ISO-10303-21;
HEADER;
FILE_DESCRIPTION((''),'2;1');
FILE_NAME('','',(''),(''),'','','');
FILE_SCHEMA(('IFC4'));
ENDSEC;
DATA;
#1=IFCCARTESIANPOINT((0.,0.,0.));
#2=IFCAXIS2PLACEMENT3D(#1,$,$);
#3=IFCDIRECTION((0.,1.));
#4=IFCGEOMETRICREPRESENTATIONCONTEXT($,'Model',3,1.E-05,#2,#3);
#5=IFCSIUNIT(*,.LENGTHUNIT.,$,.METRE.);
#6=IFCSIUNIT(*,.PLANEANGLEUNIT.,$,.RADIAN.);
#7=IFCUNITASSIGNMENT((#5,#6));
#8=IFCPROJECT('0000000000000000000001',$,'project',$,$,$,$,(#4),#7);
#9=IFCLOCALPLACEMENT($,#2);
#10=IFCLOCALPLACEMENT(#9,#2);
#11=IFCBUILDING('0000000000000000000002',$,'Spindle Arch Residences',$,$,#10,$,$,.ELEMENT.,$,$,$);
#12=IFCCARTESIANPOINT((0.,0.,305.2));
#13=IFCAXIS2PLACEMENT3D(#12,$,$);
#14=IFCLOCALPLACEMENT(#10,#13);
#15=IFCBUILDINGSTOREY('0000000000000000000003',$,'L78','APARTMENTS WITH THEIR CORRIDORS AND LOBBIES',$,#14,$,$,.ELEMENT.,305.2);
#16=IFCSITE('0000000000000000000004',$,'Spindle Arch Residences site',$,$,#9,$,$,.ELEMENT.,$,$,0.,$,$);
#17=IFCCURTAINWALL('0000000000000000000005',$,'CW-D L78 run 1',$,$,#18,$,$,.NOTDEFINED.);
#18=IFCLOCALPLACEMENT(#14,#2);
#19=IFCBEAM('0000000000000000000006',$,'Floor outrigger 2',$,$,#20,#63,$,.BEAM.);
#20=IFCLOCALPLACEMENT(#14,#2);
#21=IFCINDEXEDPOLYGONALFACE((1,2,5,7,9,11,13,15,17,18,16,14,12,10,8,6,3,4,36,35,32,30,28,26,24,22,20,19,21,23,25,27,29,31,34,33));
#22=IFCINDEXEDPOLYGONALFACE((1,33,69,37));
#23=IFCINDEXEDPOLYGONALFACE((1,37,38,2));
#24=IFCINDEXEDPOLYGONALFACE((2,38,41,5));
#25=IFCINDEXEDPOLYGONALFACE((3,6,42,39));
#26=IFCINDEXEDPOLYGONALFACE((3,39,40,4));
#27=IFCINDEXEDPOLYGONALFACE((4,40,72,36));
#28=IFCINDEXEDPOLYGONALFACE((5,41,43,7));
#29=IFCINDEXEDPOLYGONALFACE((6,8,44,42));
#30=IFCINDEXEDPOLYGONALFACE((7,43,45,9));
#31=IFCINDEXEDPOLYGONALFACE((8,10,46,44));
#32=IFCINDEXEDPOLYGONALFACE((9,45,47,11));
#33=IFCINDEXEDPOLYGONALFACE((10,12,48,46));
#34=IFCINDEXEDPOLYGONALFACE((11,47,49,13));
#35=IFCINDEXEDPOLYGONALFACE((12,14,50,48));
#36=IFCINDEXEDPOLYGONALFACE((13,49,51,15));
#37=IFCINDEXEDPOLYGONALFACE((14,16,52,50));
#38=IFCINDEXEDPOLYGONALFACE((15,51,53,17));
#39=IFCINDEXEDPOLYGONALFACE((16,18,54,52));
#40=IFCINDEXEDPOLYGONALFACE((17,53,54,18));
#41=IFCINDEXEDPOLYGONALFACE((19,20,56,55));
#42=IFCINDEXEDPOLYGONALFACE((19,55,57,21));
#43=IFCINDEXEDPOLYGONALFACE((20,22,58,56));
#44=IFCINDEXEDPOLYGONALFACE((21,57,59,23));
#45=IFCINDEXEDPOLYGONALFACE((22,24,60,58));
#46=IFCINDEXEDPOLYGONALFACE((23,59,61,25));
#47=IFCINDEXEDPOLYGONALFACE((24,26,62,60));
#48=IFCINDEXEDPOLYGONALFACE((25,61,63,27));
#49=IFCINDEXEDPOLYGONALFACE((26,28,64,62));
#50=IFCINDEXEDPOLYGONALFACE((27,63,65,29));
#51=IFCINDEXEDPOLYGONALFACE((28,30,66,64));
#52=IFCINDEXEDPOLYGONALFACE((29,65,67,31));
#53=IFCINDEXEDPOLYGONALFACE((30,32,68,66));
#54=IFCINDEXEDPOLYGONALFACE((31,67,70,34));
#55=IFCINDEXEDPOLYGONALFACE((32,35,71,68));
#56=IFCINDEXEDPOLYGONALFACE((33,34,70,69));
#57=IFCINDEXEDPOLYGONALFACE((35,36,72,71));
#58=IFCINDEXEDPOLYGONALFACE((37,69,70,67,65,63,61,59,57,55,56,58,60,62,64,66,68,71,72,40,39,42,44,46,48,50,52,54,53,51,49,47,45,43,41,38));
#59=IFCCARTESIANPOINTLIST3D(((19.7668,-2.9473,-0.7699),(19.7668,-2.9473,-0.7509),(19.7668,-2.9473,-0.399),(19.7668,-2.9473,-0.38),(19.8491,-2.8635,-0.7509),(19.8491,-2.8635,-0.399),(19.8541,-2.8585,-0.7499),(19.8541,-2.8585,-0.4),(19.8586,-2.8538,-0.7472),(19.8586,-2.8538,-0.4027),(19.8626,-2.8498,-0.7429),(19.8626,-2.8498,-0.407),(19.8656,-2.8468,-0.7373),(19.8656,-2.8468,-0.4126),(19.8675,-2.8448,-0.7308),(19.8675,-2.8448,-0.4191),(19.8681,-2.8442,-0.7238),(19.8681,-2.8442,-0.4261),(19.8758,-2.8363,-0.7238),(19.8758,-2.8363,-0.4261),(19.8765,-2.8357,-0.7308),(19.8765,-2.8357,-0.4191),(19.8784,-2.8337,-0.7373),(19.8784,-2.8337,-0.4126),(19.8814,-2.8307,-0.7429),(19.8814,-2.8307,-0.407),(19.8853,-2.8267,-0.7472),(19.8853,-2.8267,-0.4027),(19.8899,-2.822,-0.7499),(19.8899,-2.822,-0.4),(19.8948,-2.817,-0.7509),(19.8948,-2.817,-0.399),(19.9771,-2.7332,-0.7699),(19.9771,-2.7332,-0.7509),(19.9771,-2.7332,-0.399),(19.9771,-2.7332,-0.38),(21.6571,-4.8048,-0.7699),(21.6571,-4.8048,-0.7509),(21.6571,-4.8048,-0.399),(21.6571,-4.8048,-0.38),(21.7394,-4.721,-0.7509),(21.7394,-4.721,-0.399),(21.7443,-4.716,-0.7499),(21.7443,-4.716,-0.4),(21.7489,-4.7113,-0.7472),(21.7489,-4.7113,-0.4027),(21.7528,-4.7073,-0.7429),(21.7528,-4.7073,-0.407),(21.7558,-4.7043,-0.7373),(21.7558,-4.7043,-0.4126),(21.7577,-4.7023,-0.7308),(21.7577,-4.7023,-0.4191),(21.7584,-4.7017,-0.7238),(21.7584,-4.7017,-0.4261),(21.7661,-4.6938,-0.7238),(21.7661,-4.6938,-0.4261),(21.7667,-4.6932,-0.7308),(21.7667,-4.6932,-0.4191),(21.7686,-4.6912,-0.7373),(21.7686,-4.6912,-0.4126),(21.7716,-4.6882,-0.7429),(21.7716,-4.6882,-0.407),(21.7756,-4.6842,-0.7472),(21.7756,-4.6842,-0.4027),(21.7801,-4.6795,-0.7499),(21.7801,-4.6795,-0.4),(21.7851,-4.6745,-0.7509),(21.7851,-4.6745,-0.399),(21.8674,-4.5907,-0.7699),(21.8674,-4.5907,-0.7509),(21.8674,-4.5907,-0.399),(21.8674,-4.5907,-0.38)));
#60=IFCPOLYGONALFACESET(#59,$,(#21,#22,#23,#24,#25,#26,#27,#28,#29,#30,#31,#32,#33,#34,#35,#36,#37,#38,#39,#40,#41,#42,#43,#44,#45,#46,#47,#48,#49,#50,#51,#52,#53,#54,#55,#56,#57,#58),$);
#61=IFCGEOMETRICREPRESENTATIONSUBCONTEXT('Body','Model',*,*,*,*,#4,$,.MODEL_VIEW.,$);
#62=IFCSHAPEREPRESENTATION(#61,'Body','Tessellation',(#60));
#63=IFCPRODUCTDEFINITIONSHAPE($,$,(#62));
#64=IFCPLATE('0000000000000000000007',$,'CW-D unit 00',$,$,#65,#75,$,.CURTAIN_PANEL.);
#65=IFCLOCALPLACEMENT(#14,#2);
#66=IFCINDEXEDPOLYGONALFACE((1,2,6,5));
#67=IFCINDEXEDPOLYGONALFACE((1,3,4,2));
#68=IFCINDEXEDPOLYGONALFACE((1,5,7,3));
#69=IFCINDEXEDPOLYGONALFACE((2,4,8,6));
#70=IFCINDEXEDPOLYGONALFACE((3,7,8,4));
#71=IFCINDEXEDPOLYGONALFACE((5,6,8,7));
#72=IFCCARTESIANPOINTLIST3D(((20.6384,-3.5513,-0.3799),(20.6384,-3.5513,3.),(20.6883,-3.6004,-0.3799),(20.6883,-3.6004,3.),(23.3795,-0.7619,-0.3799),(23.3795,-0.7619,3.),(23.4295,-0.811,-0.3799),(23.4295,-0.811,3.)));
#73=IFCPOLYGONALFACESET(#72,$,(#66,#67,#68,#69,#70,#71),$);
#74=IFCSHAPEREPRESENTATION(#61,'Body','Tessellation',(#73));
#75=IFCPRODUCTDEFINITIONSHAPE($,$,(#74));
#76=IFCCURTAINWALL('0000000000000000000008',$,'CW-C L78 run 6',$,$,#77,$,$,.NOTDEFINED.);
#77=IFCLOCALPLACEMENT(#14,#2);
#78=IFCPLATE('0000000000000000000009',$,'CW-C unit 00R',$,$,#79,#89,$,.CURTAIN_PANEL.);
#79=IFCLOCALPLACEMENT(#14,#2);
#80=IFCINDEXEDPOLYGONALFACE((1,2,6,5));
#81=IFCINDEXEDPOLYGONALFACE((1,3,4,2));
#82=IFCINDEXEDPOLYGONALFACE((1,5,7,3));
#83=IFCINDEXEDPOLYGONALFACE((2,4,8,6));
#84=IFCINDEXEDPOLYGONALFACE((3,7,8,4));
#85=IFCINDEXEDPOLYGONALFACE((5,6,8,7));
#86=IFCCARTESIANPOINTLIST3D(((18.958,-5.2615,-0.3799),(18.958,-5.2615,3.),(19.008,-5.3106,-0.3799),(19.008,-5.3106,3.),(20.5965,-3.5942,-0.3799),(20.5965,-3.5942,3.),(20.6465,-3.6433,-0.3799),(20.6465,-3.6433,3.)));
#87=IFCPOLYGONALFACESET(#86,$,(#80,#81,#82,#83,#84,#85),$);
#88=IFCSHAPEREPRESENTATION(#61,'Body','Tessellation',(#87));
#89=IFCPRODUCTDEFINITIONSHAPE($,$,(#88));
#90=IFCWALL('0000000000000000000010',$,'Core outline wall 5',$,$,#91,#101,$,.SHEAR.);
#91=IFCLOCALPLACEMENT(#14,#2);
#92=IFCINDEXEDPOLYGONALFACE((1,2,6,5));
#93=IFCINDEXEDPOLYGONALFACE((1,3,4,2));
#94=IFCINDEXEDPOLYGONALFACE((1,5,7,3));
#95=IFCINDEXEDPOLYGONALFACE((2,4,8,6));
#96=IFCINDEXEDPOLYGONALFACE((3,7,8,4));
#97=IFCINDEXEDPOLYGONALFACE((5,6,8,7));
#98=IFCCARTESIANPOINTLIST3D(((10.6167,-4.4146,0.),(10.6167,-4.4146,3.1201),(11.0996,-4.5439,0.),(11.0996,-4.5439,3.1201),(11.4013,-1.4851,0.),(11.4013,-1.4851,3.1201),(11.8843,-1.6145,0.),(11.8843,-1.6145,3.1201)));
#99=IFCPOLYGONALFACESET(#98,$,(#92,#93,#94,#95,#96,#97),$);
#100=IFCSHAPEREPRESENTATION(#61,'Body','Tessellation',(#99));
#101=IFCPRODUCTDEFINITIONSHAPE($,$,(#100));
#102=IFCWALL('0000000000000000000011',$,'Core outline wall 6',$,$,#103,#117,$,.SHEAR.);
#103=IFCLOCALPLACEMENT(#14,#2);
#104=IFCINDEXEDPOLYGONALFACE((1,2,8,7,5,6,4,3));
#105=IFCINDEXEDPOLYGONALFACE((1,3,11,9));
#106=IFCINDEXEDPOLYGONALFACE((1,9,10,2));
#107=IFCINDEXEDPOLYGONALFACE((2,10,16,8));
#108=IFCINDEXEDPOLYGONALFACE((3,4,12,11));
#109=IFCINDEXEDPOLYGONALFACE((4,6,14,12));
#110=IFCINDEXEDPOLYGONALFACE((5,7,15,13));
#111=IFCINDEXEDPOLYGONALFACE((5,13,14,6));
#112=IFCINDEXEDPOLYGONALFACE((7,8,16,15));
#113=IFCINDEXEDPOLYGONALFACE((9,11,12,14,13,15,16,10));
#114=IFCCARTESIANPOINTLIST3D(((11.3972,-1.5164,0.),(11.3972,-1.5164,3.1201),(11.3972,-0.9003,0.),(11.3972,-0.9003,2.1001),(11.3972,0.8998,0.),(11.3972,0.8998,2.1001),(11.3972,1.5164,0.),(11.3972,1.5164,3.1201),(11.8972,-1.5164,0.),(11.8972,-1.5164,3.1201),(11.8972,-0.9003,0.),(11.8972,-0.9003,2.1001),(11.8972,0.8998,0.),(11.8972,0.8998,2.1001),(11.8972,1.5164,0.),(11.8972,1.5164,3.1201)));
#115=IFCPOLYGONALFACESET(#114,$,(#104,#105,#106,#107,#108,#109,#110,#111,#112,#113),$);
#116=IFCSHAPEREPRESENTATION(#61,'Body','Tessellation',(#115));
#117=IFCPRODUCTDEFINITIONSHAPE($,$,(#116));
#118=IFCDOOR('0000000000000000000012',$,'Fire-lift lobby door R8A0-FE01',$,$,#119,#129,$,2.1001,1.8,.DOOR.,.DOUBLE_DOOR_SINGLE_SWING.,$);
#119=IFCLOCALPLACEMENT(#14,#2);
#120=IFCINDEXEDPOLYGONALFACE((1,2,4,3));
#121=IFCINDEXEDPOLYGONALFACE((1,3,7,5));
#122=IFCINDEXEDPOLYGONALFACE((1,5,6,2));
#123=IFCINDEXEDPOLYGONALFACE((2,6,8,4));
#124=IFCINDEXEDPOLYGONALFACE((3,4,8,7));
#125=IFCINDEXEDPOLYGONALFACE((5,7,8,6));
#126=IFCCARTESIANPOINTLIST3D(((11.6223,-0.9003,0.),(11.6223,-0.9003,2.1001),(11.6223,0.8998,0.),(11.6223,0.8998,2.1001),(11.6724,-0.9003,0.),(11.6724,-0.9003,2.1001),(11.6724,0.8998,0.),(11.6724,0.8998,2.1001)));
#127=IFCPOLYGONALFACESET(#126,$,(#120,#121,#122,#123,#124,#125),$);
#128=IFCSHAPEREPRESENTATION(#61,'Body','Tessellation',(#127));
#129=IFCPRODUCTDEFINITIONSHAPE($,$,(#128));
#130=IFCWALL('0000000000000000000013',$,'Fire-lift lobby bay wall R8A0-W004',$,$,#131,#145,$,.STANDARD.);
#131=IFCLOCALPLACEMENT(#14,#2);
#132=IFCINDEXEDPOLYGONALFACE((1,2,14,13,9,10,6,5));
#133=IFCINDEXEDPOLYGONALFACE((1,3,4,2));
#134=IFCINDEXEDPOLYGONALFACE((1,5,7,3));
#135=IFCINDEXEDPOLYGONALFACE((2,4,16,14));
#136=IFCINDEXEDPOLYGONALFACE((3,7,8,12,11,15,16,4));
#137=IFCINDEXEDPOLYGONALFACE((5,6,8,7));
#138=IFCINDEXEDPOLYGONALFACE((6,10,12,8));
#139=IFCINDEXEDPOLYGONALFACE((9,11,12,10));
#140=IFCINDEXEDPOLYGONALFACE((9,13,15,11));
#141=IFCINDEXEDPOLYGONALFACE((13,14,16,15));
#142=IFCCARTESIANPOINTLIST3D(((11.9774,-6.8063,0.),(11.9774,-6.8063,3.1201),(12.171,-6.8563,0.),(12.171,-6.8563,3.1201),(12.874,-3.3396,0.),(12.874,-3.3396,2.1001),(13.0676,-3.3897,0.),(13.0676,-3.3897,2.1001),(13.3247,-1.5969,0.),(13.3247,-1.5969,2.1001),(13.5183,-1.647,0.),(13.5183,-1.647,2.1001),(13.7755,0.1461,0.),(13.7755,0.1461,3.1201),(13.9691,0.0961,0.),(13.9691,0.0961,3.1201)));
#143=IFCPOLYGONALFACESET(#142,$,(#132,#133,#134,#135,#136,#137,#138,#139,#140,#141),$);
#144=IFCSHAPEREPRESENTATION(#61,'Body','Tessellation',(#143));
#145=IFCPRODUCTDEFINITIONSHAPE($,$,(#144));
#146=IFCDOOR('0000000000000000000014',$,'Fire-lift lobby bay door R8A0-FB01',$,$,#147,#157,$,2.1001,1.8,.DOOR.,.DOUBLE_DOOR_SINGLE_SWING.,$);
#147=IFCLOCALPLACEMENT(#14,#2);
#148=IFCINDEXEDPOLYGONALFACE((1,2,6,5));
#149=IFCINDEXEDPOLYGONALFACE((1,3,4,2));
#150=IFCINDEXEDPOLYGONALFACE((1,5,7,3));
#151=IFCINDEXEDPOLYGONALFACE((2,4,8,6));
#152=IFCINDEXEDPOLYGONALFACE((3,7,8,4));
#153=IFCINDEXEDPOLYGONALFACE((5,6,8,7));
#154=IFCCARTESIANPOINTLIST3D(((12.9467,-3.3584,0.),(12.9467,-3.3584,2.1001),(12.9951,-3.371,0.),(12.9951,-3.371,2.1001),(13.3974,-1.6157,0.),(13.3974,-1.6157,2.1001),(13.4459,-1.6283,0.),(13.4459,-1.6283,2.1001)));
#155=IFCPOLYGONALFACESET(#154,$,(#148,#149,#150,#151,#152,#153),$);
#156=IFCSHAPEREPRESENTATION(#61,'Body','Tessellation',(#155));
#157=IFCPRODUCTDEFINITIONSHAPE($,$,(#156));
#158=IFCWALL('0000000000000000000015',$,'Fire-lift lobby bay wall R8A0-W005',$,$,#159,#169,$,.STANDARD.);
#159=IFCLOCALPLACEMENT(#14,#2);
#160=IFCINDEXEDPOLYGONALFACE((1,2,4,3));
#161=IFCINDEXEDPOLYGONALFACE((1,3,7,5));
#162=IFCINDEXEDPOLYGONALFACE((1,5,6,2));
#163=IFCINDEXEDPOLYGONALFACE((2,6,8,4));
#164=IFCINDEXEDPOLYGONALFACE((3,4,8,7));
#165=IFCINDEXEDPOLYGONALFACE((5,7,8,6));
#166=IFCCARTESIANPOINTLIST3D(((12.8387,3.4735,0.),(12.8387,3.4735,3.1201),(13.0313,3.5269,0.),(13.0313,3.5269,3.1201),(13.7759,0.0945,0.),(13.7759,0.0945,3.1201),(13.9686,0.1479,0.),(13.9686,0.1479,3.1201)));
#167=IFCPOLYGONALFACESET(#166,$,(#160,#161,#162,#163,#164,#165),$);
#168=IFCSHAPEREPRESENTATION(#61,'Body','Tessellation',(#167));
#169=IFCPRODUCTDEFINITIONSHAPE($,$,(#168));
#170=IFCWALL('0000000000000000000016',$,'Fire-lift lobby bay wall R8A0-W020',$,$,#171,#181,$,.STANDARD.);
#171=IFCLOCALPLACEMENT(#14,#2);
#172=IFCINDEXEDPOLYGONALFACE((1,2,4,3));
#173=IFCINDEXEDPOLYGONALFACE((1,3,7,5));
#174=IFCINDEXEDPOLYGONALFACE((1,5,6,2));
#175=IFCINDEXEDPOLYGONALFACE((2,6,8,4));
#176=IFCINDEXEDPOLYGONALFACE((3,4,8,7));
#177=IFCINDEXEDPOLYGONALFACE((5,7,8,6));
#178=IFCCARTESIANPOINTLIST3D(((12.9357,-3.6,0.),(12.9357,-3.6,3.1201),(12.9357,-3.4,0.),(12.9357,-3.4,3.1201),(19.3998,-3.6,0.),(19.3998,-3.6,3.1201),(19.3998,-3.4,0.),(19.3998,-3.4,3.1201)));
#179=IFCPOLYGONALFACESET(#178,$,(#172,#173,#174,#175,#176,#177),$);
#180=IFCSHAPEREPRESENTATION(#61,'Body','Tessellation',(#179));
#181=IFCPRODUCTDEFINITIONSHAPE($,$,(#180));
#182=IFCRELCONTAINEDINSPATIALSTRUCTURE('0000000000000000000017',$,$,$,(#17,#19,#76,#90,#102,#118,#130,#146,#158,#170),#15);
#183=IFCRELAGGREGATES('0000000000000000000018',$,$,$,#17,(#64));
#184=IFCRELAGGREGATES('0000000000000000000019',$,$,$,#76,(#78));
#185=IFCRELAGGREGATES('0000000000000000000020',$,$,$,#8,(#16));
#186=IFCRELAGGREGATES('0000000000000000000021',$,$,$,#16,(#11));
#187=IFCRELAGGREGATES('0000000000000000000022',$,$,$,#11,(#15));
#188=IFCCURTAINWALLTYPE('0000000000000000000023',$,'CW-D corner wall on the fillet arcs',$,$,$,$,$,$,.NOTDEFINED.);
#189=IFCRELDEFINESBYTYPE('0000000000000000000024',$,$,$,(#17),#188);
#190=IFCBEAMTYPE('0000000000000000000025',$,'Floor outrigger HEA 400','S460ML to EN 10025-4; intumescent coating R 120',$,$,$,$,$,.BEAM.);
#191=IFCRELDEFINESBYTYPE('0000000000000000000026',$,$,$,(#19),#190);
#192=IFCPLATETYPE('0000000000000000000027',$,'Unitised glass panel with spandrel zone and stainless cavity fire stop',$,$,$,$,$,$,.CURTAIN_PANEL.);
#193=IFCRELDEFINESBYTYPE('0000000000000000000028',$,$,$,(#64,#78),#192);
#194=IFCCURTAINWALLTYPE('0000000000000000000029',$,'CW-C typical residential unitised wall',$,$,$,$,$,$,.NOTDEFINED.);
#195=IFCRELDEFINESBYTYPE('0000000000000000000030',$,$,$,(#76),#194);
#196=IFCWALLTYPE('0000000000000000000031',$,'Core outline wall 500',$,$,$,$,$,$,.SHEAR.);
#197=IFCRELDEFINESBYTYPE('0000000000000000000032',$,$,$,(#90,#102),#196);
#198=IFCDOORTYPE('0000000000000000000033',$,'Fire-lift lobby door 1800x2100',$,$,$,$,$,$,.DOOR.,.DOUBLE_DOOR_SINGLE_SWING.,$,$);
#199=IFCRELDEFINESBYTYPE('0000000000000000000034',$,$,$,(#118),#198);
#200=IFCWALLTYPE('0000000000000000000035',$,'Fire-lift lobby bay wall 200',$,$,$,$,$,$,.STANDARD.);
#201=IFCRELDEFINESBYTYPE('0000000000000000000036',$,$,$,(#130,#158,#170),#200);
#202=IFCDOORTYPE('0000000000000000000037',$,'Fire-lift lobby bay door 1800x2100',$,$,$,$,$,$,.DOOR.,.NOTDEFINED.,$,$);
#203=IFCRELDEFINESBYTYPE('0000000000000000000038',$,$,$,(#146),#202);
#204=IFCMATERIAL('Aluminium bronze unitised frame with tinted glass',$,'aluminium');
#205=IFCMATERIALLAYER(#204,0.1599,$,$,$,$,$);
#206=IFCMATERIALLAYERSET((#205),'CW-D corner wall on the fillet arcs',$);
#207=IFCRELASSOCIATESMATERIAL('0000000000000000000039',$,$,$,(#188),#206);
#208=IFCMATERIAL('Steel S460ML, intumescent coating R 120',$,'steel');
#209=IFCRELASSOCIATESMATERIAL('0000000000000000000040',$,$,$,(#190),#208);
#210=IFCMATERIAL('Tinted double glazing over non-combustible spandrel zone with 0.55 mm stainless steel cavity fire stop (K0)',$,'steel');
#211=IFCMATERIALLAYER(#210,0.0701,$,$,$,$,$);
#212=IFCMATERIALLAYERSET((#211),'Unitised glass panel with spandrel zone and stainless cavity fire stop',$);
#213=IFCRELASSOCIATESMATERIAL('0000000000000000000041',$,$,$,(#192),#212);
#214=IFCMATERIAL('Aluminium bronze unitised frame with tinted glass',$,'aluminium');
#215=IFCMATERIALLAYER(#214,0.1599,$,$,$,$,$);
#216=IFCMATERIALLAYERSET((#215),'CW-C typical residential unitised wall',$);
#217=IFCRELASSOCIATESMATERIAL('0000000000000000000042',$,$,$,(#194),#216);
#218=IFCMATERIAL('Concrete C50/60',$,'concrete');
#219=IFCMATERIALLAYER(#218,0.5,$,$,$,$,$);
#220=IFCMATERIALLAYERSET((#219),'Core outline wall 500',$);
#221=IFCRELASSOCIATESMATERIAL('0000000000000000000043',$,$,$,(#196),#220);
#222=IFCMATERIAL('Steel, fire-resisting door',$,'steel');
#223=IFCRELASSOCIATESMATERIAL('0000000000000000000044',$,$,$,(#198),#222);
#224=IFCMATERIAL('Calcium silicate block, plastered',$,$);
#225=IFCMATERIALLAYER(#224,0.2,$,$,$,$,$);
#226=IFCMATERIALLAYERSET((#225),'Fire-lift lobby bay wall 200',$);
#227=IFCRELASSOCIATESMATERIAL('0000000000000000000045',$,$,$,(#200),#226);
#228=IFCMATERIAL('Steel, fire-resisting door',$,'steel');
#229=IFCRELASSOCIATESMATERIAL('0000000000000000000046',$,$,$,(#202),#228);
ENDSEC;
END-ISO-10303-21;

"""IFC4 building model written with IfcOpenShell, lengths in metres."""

from ifc_helpers import new_model, si_unit, direction, frame, frame_2d, origin, origin_2d, place, context, subcontext, project, spatial, rectangle, i_section, extrude, material, layer, layer_set, material_profile, profile_set, type_object, element, fill, aggregate, save


model = new_model("IFC4")

# Units and contexts
model_context = context("Model", 3, precision=1e-05, world=origin(), true_north=direction((0.0, 1.0)))
body_context = subcontext(model_context, "Body", "Model", "MODEL_VIEW")
ifc_project = project(units=[si_unit("LENGTHUNIT", "METRE"), si_unit("PLANEANGLEUNIT", "RADIAN")], contexts=[model_context])

# Site, building, storey
site_placement = place(None, origin())
site = spatial("IfcSite", under=ifc_project, at=site_placement, Name="Spindle Arch Residences site", CompositionType="ELEMENT", RefElevation=0.0)
building_placement = place(site_placement, origin())
building = spatial("IfcBuilding", under=site, at=building_placement, Name="Spindle Arch Residences", CompositionType="ELEMENT")
storey_placement = place(building_placement, frame((0.0, 0.0, 305.2)))
storey = spatial("IfcBuildingStorey", under=building, at=storey_placement, Name="L78", Description="APARTMENTS WITH THEIR CORRIDORS AND LOBBIES", CompositionType="ELEMENT", Elevation=305.2)

# Curtain wall
ifc_material_1 = material(Name="Aluminium bronze unitised frame with tinted glass", Category="aluminium")
ifc_layer_1 = layer(ifc_material_1, 0.1599)
ifc_layer_set_1 = layer_set([ifc_layer_1], Name="CW-D corner wall on the fillet arcs")
curtain_wall_type_1 = type_object("IfcCurtainWallType", Name="CW-D corner wall on the fillet arcs", PredefinedType="NOTDEFINED", material=ifc_layer_set_1)
curtain_wall_1_placement = place(storey_placement, origin())
curtain_wall_1 = element("IfcCurtainWall", 1, at=curtain_wall_1_placement, inside=storey, type_object=curtain_wall_type_1, Name="CW-D L78 run 1", PredefinedType="NOTDEFINED")

# Beam
ifc_material_2 = material(Name="Steel S460ML, intumescent coating R 120", Category="steel")
ifc_material_profile_1 = material_profile(ifc_material_2, i_section(OverallWidth=0.3, OverallDepth=0.3899, WebThickness=0.011, FlangeThickness=0.019, FilletRadius=0.0271, at=origin_2d()), Name="HEA 400")
ifc_profile_set_1 = profile_set([ifc_material_profile_1], Name="Steel S460ML, intumescent coating R 120")
beam_type_1 = type_object("IfcBeamType", Name="Floor outrigger HEA 400", Description="S460ML to EN 10025-4; intumescent coating R 120", PredefinedType="BEAM", material=ifc_profile_set_1)
beam_1_placement = place(storey_placement, frame((21.7622, -4.6978, -0.575), z_axis=(-0.713252, 0.700907, 0.0), x_axis=(-0.700907, -0.713252, 0.0)))
element("IfcBeam", 2, at=beam_1_placement, inside=storey, type_object=beam_type_1, Name="Floor outrigger 2", PredefinedType="BEAM", context=body_context, shape_type="SweptSolid", body=[
    extrude(i_section(OverallWidth=0.3, OverallDepth=0.3899, WebThickness=0.011, FlangeThickness=0.019, FilletRadius=0.0271, at=origin_2d()), origin(), (0.0, 0.0, 1.0), 2.6501),
])

# Plate
ifc_material_3 = material(Name="Tinted double glazing over non-combustible spandrel zone with 0.55 mm stainless steel cavity fire stop (K0)", Category="steel")
ifc_layer_2 = layer(ifc_material_3, 0.0701)
ifc_layer_set_2 = layer_set([ifc_layer_2], Name="Unitised glass panel with spandrel zone and stainless cavity fire stop")
plate_type = type_object("IfcPlateType", Name="Unitised glass panel with spandrel zone and stainless cavity fire stop", PredefinedType="CURTAIN_PANEL", material=ifc_layer_set_2)
plate_1_placement = place(storey_placement, frame((22.0339, -2.1812, -0.3799), z_axis=(0.0, 0.0, 1.0), x_axis=(0.700909, 0.71325, 0.0)))
plate_1 = element("IfcPlate", 3, at=plate_1_placement, type_object=plate_type, Name="CW-D unit 00", PredefinedType="CURTAIN_PANEL", context=body_context, shape_type="SweptSolid", body=[
    extrude(rectangle(XDim=3.9109, YDim=0.0701, at=origin_2d()), origin(), (0.0, 0.0, 1.0), 3.3799),
])
aggregate(curtain_wall_1, [plate_1])

# Curtain wall, plate
ifc_material_4 = material(Name="Aluminium bronze unitised frame with tinted glass", Category="aluminium")
ifc_layer_3 = layer(ifc_material_4, 0.1599)
ifc_layer_set_3 = layer_set([ifc_layer_3], Name="CW-C typical residential unitised wall")
curtain_wall_type_2 = type_object("IfcCurtainWallType", Name="CW-C typical residential unitised wall", PredefinedType="NOTDEFINED", material=ifc_layer_set_3)
curtain_wall_2_placement = place(storey_placement, origin())
curtain_wall_2 = element("IfcCurtainWall", 4, at=curtain_wall_2_placement, inside=storey, type_object=curtain_wall_type_2, Name="CW-C L78 run 6", PredefinedType="NOTDEFINED")
plate_2_placement = place(storey_placement, frame((19.8022, -4.4524, -0.3799), z_axis=(0.0, 0.0, 1.0), x_axis=(0.700909, 0.71325, 0.0)))
plate_2 = element("IfcPlate", 5, at=plate_2_placement, type_object=plate_type, Name="CW-C unit 00R", PredefinedType="CURTAIN_PANEL", context=body_context, shape_type="SweptSolid", body=[
    extrude(rectangle(XDim=2.3376, YDim=0.0701, at=origin_2d()), origin(), (0.0, 0.0, 1.0), 3.3799),
])
aggregate(curtain_wall_2, [plate_2])

# Wall
ifc_material_5 = material(Name="Concrete C50/60", Category="concrete")
ifc_layer_4 = layer(ifc_material_5, 0.5)
ifc_layer_set_4 = layer_set([ifc_layer_4], Name="Core outline wall 500")
wall_type_1 = type_object("IfcWallType", Name="Core outline wall 500", PredefinedType="SHEAR", material=ifc_layer_set_4)
wall_1_placement = place(storey_placement, frame((10.8582, -4.4792, 0.0), z_axis=(0.0, 0.0, 1.0), x_axis=(0.258735, 0.965948, 0.0)))
element("IfcWall", 6, at=wall_1_placement, inside=storey, type_object=wall_type_1, Name="Core outline wall 5", PredefinedType="SHEAR", context=body_context, shape_type="SweptSolid", body=[
    extrude(rectangle(XDim=3.0327, YDim=0.5, at=frame_2d((1.5164, 0.0))), origin(), (0.0, 0.0, 1.0), 3.1201),
])

# Walls, openings, doors
wall_2_placement = place(storey_placement, frame((11.6472, -1.5164, 0.0), z_axis=(0.0, 0.0, 1.0), x_axis=(0.0, 1.0, 0.0)))
wall_2 = element("IfcWall", 7, at=wall_2_placement, inside=storey, type_object=wall_type_1, Name="Core outline wall 6", PredefinedType="SHEAR", context=body_context, shape_type="SweptSolid", body=[
    extrude(rectangle(XDim=3.0327, YDim=0.5, at=frame_2d((1.5164, 0.0))), origin(), (0.0, 0.0, 1.0), 3.1201),
])
opening_1_placement = place(wall_2_placement, frame((0.6162, 0.0, 0.0)))
opening_1 = element("IfcOpeningElement", 8, at=opening_1_placement, cuts=wall_2, PredefinedType="OPENING", context=body_context, shape_type="SweptSolid", body=[
    extrude(rectangle(XDim=1.8, YDim=2.1001, at=frame_2d((0.8999, 1.05))), frame((0.0, 0.26, 0.0), z_axis=(0.0, -1.0, 0.0), x_axis=(1.0, 0.0, 0.0)), (0.0, 0.0, 1.0), 0.52),
])
ifc_material_6 = material(Name="Steel, fire-resisting door", Category="steel")
door_type_1 = type_object("IfcDoorType", Name="Fire-lift lobby door 1800x2100", OperationType="DOUBLE_DOOR_SINGLE_SWING", PredefinedType="DOOR", material=ifc_material_6)
door_1_placement = place(opening_1_placement, origin())
door_1 = element("IfcDoor", 9, at=door_1_placement, inside=storey, type_object=door_type_1, Name="Fire-lift lobby door R8A0-FE01", OperationType="DOUBLE_DOOR_SINGLE_SWING", OverallHeight=2.1001, OverallWidth=1.8, PredefinedType="DOOR", context=body_context, shape_type="SweptSolid", body=[
    extrude(rectangle(XDim=1.8, YDim=2.1001, at=frame_2d((0.8999, 1.05))), frame((0.0, 0.0249, 0.0), z_axis=(0.0, -1.0, 0.0), x_axis=(1.0, 0.0, 0.0)), (0.0, 0.0, 1.0), 0.05),
])
fill(opening_1, door_1)
ifc_material_7 = material(Name="Calcium silicate block, plastered")
ifc_layer_5 = layer(ifc_material_7, 0.2)
ifc_layer_set_5 = layer_set([ifc_layer_5], Name="Fire-lift lobby bay wall 200")
wall_type_2 = type_object("IfcWallType", Name="Fire-lift lobby bay wall 200", PredefinedType="STANDARD", material=ifc_layer_set_5)
wall_3_placement = place(storey_placement, frame((12.0742, -6.8313, 0.0), z_axis=(0.0, 0.0, 1.0), x_axis=(0.250391, 0.968145, 0.0)))
wall_3 = element("IfcWall", 10, at=wall_3_placement, inside=storey, type_object=wall_type_2, Name="Fire-lift lobby bay wall R8A0-W004", PredefinedType="STANDARD", context=body_context, shape_type="SweptSolid", body=[
    extrude(rectangle(XDim=7.1812, YDim=0.2, at=frame_2d((3.5906, 0.0))), origin(), (0.0, 0.0, 1.0), 3.1201),
])
opening_2_placement = place(wall_3_placement, frame((3.5808, 0.0, 0.0)))
opening_2 = element("IfcOpeningElement", 11, at=opening_2_placement, cuts=wall_3, PredefinedType="OPENING", context=body_context, shape_type="SweptSolid", body=[
    extrude(rectangle(XDim=1.8, YDim=2.1001, at=frame_2d((0.8999, 1.05))), frame((0.0, 0.1099, 0.0), z_axis=(0.0, -1.0, 0.0), x_axis=(1.0, 0.0, 0.0)), (0.0, 0.0, 1.0), 0.22),
])
ifc_material_8 = material(Name="Steel, fire-resisting door", Category="steel")
door_type_2 = type_object("IfcDoorType", Name="Fire-lift lobby bay door 1800x2100", OperationType="NOTDEFINED", PredefinedType="DOOR", material=ifc_material_8)
door_2_placement = place(opening_2_placement, origin())
door_2 = element("IfcDoor", 12, at=door_2_placement, inside=storey, type_object=door_type_2, Name="Fire-lift lobby bay door R8A0-FB01", OperationType="DOUBLE_DOOR_SINGLE_SWING", OverallHeight=2.1001, OverallWidth=1.8, PredefinedType="DOOR", context=body_context, shape_type="SweptSolid", body=[
    extrude(rectangle(XDim=1.8, YDim=2.1001, at=frame_2d((0.8999, 1.05))), frame((0.0, 0.0249, 0.0), z_axis=(0.0, -1.0, 0.0), x_axis=(1.0, 0.0, 0.0)), (0.0, 0.0, 1.0), 0.05),
])
fill(opening_2, door_2)

# Walls
wall_4_placement = place(storey_placement, frame((13.8723, 0.1211, 0.0), z_axis=(0.0, 0.0, 1.0), x_axis=(-0.267292, 0.963616, 0.0)))
element("IfcWall", 13, at=wall_4_placement, inside=storey, type_object=wall_type_2, Name="Fire-lift lobby bay wall R8A0-W005", PredefinedType="STANDARD", context=body_context, shape_type="SweptSolid", body=[
    extrude(rectangle(XDim=3.5066, YDim=0.2, at=frame_2d((1.7534, 0.0))), origin(), (0.0, 0.0, 1.0), 3.1201),
])
wall_5_placement = place(storey_placement, frame((12.9358, -3.5, 0.0), z_axis=(0.0, 0.0, 1.0), x_axis=(1.0, 0.0, 0.0)))
element("IfcWall", 14, at=wall_5_placement, inside=storey, type_object=wall_type_2, Name="Fire-lift lobby bay wall R8A0-W020", PredefinedType="STANDARD", context=body_context, shape_type="SweptSolid", body=[
    extrude(rectangle(XDim=6.4641, YDim=0.2, at=frame_2d((3.2319, 0.0))), origin(), (0.0, 0.0, 1.0), 3.1201),
])

save(model, "model.ifc")
